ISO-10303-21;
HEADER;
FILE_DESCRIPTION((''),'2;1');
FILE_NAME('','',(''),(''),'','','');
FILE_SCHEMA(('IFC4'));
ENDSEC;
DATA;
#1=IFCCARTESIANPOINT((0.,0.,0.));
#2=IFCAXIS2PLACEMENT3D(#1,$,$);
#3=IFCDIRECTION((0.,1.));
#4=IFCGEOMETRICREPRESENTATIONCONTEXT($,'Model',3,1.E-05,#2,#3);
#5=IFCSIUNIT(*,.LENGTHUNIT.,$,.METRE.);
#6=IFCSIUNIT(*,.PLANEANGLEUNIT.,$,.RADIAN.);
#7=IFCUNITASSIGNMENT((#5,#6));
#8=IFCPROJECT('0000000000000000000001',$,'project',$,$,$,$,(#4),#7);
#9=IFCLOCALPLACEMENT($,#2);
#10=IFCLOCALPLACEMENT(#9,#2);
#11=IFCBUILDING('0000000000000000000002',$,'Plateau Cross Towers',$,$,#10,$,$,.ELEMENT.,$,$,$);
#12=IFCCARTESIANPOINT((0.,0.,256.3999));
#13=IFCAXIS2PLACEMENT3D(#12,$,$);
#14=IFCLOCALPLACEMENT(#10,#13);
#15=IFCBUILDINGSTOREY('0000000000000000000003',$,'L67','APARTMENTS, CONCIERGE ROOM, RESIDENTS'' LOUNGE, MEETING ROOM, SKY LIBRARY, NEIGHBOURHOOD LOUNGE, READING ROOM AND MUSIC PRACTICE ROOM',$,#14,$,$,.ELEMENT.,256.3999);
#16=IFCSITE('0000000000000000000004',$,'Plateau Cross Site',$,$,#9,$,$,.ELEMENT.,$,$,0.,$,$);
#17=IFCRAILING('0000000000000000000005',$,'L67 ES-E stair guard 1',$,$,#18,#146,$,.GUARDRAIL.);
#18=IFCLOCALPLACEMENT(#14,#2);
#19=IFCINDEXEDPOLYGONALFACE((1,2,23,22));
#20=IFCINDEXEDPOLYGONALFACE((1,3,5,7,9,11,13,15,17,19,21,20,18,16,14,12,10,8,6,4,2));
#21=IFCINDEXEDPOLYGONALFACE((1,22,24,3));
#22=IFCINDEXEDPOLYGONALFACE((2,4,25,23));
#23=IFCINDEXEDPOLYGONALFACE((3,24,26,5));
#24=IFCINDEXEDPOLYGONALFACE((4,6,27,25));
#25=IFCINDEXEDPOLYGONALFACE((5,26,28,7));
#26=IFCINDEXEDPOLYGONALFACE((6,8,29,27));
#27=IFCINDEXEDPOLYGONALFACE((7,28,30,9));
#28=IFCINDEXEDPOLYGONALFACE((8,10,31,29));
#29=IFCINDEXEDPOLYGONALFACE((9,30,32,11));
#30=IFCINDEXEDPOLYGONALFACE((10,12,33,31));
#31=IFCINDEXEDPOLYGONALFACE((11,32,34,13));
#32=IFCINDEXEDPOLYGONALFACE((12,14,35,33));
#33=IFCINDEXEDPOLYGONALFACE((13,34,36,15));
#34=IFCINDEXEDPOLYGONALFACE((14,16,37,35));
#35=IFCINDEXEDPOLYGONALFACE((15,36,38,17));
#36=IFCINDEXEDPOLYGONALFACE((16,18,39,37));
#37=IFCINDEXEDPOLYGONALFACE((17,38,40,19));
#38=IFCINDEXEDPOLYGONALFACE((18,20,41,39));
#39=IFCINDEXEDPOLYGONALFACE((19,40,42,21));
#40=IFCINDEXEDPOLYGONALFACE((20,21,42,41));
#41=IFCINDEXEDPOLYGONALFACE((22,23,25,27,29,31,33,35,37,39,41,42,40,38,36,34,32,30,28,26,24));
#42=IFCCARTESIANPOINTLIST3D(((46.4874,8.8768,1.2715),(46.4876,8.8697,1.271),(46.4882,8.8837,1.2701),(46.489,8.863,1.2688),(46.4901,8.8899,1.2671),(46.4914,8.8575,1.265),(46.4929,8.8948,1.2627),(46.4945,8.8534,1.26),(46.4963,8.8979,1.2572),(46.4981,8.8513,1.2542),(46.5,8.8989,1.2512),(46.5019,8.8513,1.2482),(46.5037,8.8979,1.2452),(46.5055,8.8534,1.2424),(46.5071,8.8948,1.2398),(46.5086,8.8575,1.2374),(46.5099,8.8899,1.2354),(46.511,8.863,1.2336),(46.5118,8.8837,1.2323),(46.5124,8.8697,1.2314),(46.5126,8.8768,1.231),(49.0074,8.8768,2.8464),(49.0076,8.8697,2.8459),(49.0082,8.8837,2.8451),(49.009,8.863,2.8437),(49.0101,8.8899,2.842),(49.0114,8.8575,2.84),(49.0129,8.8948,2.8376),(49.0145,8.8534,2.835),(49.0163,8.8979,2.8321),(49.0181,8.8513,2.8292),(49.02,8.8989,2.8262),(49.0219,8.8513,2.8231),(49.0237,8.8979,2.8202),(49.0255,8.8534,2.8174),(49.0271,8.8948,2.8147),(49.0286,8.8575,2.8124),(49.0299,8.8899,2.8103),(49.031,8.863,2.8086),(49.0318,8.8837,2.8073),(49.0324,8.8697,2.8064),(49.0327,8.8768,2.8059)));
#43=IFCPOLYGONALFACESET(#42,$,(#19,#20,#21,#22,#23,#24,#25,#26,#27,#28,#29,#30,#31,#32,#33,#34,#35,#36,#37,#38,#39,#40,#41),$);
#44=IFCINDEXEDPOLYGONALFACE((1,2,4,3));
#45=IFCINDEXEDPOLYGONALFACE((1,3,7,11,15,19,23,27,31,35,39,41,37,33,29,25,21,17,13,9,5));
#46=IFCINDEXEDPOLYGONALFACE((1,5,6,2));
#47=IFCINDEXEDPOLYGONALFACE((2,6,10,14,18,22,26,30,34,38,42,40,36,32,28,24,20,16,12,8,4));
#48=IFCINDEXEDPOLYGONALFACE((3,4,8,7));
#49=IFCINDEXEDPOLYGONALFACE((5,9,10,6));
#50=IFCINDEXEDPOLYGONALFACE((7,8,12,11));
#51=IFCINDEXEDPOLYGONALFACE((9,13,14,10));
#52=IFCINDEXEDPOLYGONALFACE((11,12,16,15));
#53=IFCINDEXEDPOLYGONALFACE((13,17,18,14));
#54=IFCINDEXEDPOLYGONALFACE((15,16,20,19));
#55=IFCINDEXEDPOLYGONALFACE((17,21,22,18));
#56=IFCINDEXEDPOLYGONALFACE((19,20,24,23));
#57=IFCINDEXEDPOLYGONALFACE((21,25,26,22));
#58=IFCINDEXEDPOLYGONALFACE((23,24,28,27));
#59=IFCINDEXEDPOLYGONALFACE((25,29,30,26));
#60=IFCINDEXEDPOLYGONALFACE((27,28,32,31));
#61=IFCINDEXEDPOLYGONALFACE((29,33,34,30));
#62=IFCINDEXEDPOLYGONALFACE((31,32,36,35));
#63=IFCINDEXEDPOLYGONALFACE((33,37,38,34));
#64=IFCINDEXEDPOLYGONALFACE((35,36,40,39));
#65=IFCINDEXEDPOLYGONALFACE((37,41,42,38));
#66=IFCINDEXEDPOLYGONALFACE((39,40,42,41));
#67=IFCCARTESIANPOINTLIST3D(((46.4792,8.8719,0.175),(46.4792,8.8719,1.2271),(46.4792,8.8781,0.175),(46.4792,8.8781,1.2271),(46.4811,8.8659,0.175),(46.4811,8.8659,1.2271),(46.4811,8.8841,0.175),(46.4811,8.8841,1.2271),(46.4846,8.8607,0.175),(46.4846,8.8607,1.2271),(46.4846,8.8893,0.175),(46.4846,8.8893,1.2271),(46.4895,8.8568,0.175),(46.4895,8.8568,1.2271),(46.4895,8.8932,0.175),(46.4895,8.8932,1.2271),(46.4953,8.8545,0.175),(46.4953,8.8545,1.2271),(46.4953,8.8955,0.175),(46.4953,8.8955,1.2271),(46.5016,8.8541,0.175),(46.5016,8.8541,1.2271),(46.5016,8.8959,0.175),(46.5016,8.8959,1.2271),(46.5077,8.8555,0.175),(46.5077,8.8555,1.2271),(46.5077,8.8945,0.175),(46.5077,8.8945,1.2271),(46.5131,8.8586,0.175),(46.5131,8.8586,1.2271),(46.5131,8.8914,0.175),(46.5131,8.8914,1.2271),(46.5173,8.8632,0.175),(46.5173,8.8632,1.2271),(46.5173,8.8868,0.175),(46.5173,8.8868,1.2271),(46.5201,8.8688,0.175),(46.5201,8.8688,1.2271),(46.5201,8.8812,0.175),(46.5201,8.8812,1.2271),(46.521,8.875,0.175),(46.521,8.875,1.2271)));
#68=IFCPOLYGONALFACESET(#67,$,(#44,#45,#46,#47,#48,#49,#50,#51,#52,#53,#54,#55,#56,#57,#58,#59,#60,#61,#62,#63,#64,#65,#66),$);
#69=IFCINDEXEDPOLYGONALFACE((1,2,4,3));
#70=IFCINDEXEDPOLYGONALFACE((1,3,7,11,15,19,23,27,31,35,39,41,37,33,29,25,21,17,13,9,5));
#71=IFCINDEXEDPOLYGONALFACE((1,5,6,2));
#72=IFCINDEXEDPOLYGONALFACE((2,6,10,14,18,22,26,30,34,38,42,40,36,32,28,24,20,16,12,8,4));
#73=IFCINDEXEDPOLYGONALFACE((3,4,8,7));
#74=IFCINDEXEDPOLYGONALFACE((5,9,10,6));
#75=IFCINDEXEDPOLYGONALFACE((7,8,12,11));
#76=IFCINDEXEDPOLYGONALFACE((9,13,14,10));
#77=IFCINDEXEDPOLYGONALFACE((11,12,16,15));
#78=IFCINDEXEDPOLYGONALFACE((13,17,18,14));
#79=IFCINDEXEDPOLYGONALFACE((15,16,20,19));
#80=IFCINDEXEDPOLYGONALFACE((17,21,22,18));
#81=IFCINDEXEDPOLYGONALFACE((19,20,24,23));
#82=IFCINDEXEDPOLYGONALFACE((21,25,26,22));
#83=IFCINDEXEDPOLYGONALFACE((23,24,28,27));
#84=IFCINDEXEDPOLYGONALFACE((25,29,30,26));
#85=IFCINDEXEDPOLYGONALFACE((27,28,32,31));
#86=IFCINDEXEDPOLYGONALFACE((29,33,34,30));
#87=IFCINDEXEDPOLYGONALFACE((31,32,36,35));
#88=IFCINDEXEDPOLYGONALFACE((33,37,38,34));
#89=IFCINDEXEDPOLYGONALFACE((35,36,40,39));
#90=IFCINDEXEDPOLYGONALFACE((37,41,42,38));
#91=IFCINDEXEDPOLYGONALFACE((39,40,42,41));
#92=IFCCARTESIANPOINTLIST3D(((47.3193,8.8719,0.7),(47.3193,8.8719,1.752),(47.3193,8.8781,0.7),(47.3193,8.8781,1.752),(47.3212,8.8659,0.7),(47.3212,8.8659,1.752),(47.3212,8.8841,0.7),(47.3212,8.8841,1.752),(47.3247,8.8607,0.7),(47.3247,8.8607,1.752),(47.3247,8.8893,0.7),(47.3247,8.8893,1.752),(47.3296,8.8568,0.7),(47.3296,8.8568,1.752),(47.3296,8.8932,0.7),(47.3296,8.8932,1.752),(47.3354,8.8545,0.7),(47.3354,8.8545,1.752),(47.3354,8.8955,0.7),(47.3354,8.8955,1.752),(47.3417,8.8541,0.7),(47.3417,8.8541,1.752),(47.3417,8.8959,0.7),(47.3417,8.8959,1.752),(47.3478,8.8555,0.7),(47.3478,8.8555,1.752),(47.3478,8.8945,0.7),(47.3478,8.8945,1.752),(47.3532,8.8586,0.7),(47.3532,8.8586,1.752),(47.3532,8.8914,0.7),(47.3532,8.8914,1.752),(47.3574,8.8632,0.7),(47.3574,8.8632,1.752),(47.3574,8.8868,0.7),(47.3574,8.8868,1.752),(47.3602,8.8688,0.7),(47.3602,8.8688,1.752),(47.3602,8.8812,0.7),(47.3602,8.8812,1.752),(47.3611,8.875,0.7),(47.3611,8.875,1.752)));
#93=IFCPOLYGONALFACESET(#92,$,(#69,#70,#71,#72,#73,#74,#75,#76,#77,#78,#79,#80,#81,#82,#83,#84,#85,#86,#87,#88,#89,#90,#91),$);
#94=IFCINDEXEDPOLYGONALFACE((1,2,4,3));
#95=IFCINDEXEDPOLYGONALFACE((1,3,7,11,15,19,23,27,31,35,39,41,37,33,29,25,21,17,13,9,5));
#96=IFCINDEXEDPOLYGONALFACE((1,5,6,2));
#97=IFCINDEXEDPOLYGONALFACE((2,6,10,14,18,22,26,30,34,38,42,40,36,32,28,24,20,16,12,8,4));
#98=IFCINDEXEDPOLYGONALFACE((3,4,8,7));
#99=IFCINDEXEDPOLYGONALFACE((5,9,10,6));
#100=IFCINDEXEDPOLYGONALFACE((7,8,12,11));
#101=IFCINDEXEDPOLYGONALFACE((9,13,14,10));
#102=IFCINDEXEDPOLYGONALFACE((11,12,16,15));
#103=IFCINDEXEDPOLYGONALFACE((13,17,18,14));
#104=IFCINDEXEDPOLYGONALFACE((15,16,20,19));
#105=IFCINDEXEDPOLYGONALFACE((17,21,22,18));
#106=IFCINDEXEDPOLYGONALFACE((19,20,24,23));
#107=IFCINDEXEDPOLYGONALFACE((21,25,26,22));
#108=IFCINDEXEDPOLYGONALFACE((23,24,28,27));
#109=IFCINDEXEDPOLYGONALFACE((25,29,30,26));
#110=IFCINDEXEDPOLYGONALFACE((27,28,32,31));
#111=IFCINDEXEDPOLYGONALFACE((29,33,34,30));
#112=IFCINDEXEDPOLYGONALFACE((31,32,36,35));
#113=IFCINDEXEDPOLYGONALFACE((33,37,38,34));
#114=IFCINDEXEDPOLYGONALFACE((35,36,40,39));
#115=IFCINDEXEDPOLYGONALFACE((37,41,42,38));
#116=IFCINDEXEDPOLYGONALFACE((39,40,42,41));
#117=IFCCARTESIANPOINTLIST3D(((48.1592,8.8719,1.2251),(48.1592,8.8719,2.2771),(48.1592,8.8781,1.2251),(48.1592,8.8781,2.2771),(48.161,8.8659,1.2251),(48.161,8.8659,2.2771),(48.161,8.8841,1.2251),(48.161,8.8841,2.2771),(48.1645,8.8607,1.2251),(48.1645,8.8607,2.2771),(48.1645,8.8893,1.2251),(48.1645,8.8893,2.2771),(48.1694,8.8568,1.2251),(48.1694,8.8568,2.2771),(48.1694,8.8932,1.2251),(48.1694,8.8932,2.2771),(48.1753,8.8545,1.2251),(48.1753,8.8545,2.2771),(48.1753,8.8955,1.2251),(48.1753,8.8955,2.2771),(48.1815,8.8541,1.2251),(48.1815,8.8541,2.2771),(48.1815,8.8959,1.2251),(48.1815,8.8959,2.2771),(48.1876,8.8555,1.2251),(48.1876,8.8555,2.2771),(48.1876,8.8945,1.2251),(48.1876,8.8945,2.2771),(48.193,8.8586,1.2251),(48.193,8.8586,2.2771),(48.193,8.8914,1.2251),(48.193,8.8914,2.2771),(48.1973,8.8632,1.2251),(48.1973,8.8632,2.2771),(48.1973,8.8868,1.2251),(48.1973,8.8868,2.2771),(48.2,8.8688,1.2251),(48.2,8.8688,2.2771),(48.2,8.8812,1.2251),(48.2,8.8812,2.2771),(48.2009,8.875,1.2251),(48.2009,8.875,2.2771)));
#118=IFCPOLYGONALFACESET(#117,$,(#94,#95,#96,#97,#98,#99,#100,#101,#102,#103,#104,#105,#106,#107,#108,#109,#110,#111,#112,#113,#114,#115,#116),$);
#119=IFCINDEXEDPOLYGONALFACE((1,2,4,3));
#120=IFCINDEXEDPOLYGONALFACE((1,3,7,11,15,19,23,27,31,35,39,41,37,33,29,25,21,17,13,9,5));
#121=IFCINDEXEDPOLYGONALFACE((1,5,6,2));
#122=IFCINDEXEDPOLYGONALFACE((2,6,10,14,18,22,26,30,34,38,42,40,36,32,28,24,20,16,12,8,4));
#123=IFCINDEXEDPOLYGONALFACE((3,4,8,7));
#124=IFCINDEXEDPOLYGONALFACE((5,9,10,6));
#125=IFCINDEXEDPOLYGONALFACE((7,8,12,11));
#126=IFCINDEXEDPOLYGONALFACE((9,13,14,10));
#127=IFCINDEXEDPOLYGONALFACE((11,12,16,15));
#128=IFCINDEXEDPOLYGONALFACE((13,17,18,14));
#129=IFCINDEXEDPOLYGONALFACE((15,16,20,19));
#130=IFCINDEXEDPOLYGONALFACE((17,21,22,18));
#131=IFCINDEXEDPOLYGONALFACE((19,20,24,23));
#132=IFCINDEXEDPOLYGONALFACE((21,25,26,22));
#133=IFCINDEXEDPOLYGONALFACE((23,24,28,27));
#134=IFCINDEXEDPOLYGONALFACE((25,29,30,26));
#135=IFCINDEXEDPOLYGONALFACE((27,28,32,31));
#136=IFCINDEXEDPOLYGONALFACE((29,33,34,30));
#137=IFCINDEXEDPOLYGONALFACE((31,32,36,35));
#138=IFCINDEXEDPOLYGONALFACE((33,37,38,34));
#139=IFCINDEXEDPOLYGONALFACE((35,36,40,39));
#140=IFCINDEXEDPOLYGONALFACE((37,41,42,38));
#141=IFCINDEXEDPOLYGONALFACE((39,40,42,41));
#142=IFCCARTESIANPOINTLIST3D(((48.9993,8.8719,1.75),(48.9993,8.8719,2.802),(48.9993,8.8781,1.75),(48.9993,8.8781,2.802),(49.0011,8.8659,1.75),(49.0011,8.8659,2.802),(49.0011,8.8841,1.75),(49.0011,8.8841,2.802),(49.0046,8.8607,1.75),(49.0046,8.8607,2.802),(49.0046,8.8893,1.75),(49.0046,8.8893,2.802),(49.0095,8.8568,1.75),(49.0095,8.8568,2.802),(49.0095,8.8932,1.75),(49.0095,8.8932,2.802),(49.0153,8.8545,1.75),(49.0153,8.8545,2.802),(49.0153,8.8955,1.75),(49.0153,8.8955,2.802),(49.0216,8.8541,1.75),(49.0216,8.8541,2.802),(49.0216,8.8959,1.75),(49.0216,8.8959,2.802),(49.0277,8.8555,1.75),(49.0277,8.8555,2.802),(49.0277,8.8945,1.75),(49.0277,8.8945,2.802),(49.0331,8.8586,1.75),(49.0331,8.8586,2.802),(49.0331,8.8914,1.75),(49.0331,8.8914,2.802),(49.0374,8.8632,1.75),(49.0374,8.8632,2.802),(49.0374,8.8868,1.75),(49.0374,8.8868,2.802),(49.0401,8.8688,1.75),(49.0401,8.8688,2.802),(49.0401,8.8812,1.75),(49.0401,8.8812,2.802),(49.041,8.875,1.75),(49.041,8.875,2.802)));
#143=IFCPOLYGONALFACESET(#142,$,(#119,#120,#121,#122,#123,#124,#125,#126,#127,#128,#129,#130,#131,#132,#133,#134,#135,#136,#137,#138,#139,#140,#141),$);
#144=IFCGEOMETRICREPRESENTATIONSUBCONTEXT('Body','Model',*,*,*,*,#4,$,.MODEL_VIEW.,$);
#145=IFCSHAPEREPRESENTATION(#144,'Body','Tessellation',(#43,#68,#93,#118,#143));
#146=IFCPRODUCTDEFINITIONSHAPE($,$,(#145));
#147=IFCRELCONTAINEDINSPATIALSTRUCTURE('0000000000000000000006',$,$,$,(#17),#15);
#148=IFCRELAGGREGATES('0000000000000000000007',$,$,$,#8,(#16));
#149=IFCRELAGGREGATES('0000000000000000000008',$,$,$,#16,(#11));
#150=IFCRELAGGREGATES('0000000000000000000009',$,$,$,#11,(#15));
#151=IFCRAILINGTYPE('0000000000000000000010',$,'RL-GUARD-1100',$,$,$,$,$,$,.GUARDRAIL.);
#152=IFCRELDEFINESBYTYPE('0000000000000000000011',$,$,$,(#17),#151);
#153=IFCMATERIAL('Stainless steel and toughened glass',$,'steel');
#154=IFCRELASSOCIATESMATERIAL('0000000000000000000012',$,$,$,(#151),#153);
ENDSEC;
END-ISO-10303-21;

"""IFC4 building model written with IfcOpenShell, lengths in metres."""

from ifc_helpers import new_model, si_unit, direction, frame, origin, origin_2d, place, context, subcontext, project, spatial, circle, extrude, material, type_object, element, save


model = new_model("IFC4")

# Units and contexts
model_context = context("Model", 3, precision=1e-05, world=origin(), true_north=direction((0.0, 1.0)))
body_context = subcontext(model_context, "Body", "Model", "MODEL_VIEW")
ifc_project = project(units=[si_unit("LENGTHUNIT", "METRE"), si_unit("PLANEANGLEUNIT", "RADIAN")], contexts=[model_context])

# Site, building, storey
site_placement = place(None, origin())
site = spatial("IfcSite", under=ifc_project, at=site_placement, Name="Plateau Cross Site", CompositionType="ELEMENT", RefElevation=0.0)
building_placement = place(site_placement, origin())
building = spatial("IfcBuilding", under=site, at=building_placement, Name="Plateau Cross Towers", CompositionType="ELEMENT")
storey_placement = place(building_placement, frame((0.0, 0.0, 256.3999)))
storey = spatial("IfcBuildingStorey", under=building, at=storey_placement, Name="L67", Description="APARTMENTS, CONCIERGE ROOM, RESIDENTS' LOUNGE, MEETING ROOM, SKY LIBRARY, NEIGHBOURHOOD LOUNGE, READING ROOM AND MUSIC PRACTICE ROOM", CompositionType="ELEMENT", Elevation=256.3999)

# Railing
ifc_material_1 = material(Name="Stainless steel and toughened glass", Category="steel")
railing_type_1 = type_object("IfcRailingType", Name="RL-GUARD-1100", PredefinedType="GUARDRAIL", material=ifc_material_1)
railing_1_placement = place(storey_placement, frame((46.5, 8.875, 0.175)))
element("IfcRailing", 1, at=railing_1_placement, inside=storey, type_object=railing_type_1, Name="L67 ES-E stair guard 1", PredefinedType="GUARDRAIL", context=body_context, shape_type="SweptSolid", body=[
    extrude(circle(Radius=0.0239, at=origin_2d()), frame((0.0, 0.0, 1.0762), z_axis=(0.848008, 0.0, 0.529984), x_axis=(0.0, 1.0, 0.0)), (0.0, 0.0, 1.0), 2.9717),
    extrude(circle(Radius=0.021, at=origin_2d()), origin(), (0.0, 0.0, 1.0), 1.052),
    extrude(circle(Radius=0.021, at=origin_2d()), frame((0.8401, 0.0, 0.5249)), (0.0, 0.0, 1.0), 1.052),
    extrude(circle(Radius=0.021, at=origin_2d()), frame((1.6799, 0.0, 1.05)), (0.0, 0.0, 1.0), 1.052),
    extrude(circle(Radius=0.021, at=origin_2d()), frame((2.52, 0.0, 1.575)), (0.0, 0.0, 1.0), 1.052),
])

save(model, "model.ifc")
